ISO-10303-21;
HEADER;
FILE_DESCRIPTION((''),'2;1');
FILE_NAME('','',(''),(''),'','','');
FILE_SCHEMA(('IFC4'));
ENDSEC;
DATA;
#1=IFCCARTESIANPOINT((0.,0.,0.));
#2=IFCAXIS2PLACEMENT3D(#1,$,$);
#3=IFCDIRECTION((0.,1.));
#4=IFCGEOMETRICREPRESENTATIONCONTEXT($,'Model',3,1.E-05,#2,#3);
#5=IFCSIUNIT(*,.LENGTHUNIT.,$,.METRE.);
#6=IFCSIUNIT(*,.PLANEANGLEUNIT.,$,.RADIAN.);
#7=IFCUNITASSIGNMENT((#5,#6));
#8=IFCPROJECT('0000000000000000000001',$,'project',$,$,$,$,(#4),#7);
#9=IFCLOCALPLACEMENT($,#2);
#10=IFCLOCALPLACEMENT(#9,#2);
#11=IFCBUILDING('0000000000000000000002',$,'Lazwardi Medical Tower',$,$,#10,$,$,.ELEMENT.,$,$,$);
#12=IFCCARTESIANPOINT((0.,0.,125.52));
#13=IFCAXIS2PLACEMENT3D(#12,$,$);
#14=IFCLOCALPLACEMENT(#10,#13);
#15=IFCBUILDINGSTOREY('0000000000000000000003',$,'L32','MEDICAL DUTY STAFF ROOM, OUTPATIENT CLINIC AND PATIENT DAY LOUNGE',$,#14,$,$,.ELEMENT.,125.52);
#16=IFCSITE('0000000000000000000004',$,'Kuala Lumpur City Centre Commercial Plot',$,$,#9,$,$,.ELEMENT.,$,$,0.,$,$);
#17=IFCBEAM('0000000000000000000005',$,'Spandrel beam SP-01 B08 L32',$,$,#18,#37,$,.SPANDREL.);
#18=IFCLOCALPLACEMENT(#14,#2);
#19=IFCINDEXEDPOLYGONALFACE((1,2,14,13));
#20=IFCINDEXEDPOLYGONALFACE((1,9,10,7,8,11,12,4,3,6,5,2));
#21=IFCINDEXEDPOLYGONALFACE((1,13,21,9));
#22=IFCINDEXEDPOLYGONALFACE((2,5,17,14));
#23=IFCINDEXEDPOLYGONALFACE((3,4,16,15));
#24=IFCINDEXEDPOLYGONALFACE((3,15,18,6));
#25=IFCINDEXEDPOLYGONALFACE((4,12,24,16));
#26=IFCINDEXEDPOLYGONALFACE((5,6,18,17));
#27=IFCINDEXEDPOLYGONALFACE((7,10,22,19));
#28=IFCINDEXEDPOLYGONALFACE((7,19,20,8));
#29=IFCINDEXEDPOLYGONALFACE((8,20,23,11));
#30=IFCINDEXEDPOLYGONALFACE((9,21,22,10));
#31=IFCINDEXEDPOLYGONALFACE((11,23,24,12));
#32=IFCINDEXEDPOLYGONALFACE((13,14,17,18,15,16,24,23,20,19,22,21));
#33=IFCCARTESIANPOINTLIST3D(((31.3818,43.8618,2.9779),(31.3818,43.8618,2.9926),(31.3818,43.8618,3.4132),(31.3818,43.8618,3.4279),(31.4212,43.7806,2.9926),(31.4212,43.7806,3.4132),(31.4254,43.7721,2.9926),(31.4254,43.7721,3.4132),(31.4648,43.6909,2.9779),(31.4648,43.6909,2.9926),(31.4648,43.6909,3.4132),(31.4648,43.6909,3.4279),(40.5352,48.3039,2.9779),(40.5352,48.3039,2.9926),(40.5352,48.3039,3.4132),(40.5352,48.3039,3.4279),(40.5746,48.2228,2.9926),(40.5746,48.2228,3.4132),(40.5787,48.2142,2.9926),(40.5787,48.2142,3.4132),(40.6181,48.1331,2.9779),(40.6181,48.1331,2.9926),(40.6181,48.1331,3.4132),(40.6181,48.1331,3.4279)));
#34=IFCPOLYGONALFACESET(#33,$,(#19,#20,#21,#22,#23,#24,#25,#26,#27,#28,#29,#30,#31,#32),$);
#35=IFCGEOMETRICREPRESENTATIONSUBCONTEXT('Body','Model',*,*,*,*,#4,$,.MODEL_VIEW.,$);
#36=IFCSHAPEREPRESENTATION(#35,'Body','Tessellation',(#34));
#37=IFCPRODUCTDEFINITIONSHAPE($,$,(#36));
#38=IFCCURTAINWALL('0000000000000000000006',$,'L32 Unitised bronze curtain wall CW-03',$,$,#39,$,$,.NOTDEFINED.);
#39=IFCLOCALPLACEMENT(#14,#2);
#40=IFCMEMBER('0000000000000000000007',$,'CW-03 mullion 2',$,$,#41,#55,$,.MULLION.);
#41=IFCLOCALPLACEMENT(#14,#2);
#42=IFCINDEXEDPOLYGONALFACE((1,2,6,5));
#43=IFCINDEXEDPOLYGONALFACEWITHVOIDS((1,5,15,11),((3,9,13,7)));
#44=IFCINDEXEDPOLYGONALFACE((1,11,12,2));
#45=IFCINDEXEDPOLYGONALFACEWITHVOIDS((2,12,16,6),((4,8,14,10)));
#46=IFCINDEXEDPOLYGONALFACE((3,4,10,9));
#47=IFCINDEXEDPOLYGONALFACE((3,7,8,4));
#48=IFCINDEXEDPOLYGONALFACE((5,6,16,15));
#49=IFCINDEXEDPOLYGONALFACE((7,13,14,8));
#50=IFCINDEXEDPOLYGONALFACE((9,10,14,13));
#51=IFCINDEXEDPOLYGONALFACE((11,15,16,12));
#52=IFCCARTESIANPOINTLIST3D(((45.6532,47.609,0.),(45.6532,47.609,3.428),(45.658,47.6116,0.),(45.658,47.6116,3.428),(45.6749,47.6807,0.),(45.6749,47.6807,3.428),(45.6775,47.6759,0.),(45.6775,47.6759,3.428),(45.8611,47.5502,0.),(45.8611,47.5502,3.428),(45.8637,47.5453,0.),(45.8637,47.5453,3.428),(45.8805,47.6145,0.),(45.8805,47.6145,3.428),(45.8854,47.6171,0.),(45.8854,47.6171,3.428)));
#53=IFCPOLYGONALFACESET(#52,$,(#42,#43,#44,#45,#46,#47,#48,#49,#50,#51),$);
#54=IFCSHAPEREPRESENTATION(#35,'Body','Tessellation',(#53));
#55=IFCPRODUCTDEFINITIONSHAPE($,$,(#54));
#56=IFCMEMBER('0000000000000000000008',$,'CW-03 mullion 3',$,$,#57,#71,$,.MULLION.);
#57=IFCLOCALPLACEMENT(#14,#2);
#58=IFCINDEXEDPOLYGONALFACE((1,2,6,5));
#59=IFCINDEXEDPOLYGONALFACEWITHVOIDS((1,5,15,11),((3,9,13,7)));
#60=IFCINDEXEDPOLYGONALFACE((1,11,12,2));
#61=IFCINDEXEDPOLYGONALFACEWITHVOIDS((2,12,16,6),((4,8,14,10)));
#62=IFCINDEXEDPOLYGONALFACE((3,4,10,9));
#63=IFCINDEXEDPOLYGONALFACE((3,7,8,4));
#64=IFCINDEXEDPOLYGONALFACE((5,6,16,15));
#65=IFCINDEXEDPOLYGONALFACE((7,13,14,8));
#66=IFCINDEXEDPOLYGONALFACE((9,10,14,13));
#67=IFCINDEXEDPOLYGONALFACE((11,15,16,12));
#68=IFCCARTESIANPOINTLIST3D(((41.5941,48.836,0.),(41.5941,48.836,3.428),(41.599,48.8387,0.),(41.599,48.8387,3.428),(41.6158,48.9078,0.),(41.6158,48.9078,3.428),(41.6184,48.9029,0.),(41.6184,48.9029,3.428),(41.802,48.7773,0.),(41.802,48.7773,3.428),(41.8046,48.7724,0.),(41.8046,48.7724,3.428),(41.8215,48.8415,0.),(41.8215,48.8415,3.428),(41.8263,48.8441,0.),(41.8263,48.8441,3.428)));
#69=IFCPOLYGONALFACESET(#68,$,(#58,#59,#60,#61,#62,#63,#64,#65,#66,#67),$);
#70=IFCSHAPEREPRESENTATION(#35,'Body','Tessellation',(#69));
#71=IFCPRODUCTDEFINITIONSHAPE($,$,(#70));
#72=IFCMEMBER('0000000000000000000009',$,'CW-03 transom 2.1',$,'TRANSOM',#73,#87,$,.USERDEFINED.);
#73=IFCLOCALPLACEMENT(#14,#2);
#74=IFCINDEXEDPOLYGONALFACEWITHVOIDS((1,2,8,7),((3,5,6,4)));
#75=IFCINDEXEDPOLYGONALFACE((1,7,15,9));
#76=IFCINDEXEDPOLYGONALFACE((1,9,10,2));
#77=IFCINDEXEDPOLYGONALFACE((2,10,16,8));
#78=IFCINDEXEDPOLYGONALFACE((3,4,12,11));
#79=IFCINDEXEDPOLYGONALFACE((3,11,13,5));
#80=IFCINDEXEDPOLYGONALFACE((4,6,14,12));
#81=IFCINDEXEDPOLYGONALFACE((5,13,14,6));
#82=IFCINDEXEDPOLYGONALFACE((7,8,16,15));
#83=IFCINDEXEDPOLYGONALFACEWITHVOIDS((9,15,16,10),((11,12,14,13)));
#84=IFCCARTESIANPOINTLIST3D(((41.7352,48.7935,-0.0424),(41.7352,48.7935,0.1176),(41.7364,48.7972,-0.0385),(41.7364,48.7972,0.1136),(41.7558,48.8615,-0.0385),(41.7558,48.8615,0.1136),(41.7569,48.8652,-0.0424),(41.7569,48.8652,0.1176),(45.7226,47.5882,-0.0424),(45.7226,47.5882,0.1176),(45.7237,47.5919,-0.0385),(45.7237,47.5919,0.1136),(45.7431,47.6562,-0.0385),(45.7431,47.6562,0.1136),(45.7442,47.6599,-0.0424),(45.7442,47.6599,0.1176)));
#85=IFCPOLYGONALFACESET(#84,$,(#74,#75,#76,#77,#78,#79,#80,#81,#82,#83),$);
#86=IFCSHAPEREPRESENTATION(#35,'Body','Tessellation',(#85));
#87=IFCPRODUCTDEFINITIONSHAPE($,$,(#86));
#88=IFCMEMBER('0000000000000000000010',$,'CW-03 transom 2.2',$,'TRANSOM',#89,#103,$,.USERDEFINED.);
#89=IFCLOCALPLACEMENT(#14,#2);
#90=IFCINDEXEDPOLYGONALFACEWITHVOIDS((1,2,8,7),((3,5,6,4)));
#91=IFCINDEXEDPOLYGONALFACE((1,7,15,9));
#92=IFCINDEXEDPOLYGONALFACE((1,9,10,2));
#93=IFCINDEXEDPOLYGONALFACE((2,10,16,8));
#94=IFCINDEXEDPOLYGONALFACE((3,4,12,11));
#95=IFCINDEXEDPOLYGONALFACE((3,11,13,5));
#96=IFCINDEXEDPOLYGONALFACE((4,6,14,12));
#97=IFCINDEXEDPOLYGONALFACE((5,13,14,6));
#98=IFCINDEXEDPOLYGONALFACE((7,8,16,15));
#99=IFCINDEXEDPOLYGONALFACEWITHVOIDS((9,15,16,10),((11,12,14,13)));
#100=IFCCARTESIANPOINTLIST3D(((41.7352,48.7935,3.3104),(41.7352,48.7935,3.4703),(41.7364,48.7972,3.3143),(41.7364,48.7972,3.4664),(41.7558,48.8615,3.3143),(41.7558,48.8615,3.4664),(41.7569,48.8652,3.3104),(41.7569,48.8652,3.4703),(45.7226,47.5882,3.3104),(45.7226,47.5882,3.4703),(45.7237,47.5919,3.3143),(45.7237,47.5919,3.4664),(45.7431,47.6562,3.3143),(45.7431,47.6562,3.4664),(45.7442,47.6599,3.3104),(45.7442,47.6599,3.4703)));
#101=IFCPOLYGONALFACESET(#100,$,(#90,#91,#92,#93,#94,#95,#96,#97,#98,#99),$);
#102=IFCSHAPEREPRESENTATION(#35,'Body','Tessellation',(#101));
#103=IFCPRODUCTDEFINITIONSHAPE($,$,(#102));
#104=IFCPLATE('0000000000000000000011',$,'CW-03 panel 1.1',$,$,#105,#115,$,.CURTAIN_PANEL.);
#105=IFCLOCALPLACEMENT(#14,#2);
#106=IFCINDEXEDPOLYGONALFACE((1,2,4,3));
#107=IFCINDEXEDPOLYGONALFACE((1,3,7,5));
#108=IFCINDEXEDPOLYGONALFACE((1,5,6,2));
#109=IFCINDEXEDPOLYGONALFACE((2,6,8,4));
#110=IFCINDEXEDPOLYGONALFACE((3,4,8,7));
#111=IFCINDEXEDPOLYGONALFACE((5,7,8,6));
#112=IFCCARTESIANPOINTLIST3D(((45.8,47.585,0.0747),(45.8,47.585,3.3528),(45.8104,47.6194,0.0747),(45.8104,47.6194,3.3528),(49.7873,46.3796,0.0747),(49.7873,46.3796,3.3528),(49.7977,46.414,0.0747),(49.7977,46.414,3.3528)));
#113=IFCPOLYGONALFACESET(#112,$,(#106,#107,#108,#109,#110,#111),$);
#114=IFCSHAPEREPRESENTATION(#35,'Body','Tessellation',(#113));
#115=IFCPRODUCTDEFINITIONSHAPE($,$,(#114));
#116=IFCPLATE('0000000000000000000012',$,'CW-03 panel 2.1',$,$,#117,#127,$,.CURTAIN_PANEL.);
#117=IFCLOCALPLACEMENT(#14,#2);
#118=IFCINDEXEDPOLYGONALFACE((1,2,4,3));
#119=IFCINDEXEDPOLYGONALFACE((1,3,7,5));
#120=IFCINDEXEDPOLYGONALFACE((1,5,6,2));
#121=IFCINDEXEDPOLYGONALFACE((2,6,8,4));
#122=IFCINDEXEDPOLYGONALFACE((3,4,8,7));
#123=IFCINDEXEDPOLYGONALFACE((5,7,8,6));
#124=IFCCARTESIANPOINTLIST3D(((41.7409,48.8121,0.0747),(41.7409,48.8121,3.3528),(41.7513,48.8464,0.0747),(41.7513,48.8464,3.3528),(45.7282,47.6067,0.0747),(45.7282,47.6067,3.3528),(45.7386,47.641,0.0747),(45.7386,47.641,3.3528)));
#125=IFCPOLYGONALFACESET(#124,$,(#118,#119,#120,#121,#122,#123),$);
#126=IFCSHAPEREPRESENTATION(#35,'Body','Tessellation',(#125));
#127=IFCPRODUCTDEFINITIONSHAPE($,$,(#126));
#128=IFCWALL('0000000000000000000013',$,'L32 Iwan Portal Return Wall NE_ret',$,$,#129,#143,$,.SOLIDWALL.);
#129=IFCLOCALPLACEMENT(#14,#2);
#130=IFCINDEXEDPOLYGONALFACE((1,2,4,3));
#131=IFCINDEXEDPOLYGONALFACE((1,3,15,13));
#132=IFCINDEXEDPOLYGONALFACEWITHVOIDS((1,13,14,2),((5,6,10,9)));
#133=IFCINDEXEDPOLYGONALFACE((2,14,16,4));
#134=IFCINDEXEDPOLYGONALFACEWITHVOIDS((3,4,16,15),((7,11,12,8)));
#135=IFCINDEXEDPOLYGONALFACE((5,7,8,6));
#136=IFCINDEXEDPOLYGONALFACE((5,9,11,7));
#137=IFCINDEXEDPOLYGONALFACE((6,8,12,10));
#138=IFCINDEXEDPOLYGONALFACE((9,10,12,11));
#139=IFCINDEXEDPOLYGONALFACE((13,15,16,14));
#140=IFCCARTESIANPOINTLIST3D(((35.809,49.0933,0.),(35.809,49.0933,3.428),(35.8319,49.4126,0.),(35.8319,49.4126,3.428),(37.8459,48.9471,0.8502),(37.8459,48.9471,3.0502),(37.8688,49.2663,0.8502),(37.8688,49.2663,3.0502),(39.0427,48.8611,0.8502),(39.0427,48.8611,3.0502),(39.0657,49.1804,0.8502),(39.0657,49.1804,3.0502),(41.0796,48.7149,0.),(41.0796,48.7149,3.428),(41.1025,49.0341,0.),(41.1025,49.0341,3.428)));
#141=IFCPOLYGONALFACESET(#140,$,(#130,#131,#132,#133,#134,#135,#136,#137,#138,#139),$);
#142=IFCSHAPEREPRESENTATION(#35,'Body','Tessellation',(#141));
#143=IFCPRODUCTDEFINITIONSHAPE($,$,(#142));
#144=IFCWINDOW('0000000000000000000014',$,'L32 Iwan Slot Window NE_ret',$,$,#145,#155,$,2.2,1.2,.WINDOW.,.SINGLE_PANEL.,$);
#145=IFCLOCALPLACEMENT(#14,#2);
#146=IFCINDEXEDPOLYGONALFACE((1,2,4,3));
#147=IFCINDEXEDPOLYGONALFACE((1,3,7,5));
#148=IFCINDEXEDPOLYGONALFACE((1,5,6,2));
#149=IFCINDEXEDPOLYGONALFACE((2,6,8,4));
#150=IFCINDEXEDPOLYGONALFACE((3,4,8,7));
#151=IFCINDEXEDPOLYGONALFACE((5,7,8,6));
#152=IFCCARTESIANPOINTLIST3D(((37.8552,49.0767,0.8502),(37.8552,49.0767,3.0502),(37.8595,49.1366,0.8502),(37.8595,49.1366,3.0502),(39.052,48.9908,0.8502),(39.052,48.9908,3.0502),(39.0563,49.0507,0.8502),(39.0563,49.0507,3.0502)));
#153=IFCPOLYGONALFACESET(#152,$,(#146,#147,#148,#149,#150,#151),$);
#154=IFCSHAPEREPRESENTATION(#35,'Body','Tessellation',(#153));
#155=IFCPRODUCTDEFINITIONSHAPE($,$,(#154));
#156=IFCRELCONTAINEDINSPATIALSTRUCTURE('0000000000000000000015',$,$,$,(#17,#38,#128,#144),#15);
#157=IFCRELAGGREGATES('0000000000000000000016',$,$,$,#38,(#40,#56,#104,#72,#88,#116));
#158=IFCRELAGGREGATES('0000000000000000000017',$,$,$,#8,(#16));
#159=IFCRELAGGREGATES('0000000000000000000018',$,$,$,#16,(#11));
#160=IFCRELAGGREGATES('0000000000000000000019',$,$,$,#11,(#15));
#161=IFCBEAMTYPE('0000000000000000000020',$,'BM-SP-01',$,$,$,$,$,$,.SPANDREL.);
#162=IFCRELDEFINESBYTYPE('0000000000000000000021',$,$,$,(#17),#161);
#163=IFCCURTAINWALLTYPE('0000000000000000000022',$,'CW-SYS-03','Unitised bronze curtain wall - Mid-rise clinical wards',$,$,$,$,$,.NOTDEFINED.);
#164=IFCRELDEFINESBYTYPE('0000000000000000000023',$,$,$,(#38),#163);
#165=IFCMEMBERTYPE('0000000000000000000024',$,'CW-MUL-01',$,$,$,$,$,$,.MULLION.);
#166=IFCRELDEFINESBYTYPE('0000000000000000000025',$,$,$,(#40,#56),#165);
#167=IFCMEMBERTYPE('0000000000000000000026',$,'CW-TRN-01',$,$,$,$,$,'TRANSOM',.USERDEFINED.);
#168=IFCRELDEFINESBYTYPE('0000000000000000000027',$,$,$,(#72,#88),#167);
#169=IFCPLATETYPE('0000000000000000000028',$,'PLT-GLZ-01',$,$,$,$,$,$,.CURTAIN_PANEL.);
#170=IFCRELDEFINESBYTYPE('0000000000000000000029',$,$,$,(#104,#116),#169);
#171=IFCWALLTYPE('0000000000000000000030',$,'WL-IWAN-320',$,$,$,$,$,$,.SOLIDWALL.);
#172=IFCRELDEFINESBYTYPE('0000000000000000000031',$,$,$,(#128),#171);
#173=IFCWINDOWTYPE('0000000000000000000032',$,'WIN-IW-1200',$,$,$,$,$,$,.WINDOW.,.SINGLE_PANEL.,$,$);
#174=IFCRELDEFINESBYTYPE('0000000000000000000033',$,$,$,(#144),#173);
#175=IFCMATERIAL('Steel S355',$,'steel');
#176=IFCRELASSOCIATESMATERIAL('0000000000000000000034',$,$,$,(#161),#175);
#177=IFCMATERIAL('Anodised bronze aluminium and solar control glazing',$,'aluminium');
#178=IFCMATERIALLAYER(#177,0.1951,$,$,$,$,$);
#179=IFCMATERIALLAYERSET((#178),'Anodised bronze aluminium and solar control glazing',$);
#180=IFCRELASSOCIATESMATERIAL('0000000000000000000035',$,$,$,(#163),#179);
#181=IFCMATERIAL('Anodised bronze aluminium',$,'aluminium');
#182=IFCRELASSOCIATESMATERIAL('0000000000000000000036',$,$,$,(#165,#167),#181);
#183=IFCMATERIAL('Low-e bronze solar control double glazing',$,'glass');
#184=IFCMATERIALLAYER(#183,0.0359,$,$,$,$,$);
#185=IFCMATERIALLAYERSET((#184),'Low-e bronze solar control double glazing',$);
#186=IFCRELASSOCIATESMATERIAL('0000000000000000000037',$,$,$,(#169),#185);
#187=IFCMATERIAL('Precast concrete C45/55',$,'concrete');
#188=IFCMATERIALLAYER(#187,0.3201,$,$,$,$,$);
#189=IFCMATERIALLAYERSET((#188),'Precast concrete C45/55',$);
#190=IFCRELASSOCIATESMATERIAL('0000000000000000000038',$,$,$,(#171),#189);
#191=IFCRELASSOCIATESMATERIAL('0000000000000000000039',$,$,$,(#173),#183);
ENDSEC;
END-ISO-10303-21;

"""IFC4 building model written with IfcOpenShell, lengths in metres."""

from ifc_helpers import new_model, si_unit, direction, frame, frame_2d, origin, origin_2d, place, context, subcontext, project, spatial, rectangle, hollow_rectangle, i_section, extrude, material, layer, layer_set, material_profile, profile_set, type_object, element, fill, aggregate, save


model = new_model("IFC4")

# Units and contexts
model_context = context("Model", 3, precision=1e-05, world=origin(), true_north=direction((0.0, 1.0)))
body_context = subcontext(model_context, "Body", "Model", "MODEL_VIEW")
ifc_project = project(units=[si_unit("LENGTHUNIT", "METRE"), si_unit("PLANEANGLEUNIT", "RADIAN")], contexts=[model_context])

# Site, building, storey
site_placement = place(None, origin())
site = spatial("IfcSite", under=ifc_project, at=site_placement, Name="Kuala Lumpur City Centre Commercial Plot", CompositionType="ELEMENT", RefElevation=0.0)
building_placement = place(site_placement, origin())
building = spatial("IfcBuilding", under=site, at=building_placement, Name="Lazwardi Medical Tower", CompositionType="ELEMENT")
storey_placement = place(building_placement, frame((0.0, 0.0, 125.52)))
storey = spatial("IfcBuildingStorey", under=building, at=storey_placement, Name="L32", Description="MEDICAL DUTY STAFF ROOM, OUTPATIENT CLINIC AND PATIENT DAY LOUNGE", CompositionType="ELEMENT", Elevation=125.52)

# Beam
ifc_material_1 = material(Name="Steel S355", Category="steel")
ifc_material_profile_1 = material_profile(ifc_material_1, i_section(OverallWidth=0.1899, OverallDepth=0.45, WebThickness=0.0095, FlangeThickness=0.0146, at=origin_2d()), Name="IPE 450")
ifc_profile_set_1 = profile_set([ifc_material_profile_1], Name="Steel S355")
beam_type_1 = type_object("IfcBeamType", Name="BM-SP-01", PredefinedType="SPANDREL", material=ifc_profile_set_1)
beam_1_placement = place(storey_placement, frame((40.5767, 48.2185, 3.2029), z_axis=(-0.899653, -0.436605, 0.0), x_axis=(0.436605, -0.899653, 0.0)))
element("IfcBeam", 1, at=beam_1_placement, inside=storey, type_object=beam_type_1, Name="Spandrel beam SP-01 B08 L32", PredefinedType="SPANDREL", context=body_context, shape_type="SweptSolid", body=[
    extrude(i_section(OverallWidth=0.1899, OverallDepth=0.45, WebThickness=0.0095, FlangeThickness=0.0146, at=origin_2d()), origin(), (0.0, 0.0, 1.0), 10.1743),
])

# Curtain wall, members, plates
ifc_material_2 = material(Name="Anodised bronze aluminium and solar control glazing", Category="aluminium")
ifc_layer_1 = layer(ifc_material_2, 0.1951)
ifc_layer_set_1 = layer_set([ifc_layer_1], Name="Anodised bronze aluminium and solar control glazing")
curtain_wall_type = type_object("IfcCurtainWallType", Name="CW-SYS-03", Description="Unitised bronze curtain wall - Mid-rise clinical wards", PredefinedType="NOTDEFINED", material=ifc_layer_set_1)
curtain_wall_placement = place(storey_placement, origin())
curtain_wall = element("IfcCurtainWall", 2, at=curtain_wall_placement, inside=storey, type_object=curtain_wall_type, Name="L32 Unitised bronze curtain wall CW-03", PredefinedType="NOTDEFINED")
ifc_material_3 = material(Name="Anodised bronze aluminium", Category="aluminium")
ifc_material_profile_2 = material_profile(ifc_material_3, hollow_rectangle(XDim=0.075, YDim=0.22, WallThickness=0.0039, at=origin_2d()), Name="ALU-MULLION 220x75x4")
ifc_profile_set_2 = profile_set([ifc_material_profile_2], Name="Anodised bronze aluminium")
member_type_1 = type_object("IfcMemberType", Name="CW-MUL-01", PredefinedType="MULLION", material=ifc_profile_set_2)
member_1_placement = place(storey_placement, frame((45.7693, 47.613, 0.0), z_axis=(0.0, 0.0, 1.0), x_axis=(-0.289374, -0.957216, 0.0)))
member_1 = element("IfcMember", 3, at=member_1_placement, type_object=member_type_1, Name="CW-03 mullion 2", PredefinedType="MULLION", context=body_context, shape_type="SweptSolid", body=[
    extrude(hollow_rectangle(XDim=0.075, YDim=0.22, WallThickness=0.0039, at=origin_2d()), origin(), (0.0, 0.0, 1.0), 3.428),
])
member_2_placement = place(storey_placement, frame((41.7102, 48.8401, 0.0), z_axis=(0.0, 0.0, 1.0), x_axis=(-0.289374, -0.957216, 0.0)))
member_2 = element("IfcMember", 4, at=member_2_placement, type_object=member_type_1, Name="CW-03 mullion 3", PredefinedType="MULLION", context=body_context, shape_type="SweptSolid", body=[
    extrude(hollow_rectangle(XDim=0.075, YDim=0.22, WallThickness=0.0039, at=origin_2d()), origin(), (0.0, 0.0, 1.0), 3.428),
])
ifc_material_profile_3 = material_profile(ifc_material_3, hollow_rectangle(XDim=0.075, YDim=0.1599, WallThickness=0.0039, at=origin_2d()), Name="ALU-TRANSOM 160x75x4")
ifc_profile_set_3 = profile_set([ifc_material_profile_3], Name="Anodised bronze aluminium")
member_type_2 = type_object("IfcMemberType", Name="CW-TRN-01", ElementType="TRANSOM", PredefinedType="USERDEFINED", material=ifc_profile_set_3)
member_3_placement = place(storey_placement, frame((45.7334, 47.624, 0.0376), z_axis=(-0.957221, 0.289358, 0.0), x_axis=(-0.289358, -0.957221, 0.0)))
member_3 = element("IfcMember", 5, at=member_3_placement, type_object=member_type_2, Name="CW-03 transom 2.1", ObjectType="TRANSOM", PredefinedType="USERDEFINED", context=body_context, shape_type="SweptSolid", body=[
    extrude(hollow_rectangle(XDim=0.075, YDim=0.1599, WallThickness=0.0039, at=origin_2d()), origin(), (0.0, 0.0, 1.0), 4.1655),
])
member_4_placement = place(storey_placement, frame((45.7334, 47.624, 3.3904), z_axis=(-0.957221, 0.289358, 0.0), x_axis=(-0.289358, -0.957221, 0.0)))
member_4 = element("IfcMember", 6, at=member_4_placement, type_object=member_type_2, Name="CW-03 transom 2.2", ObjectType="TRANSOM", PredefinedType="USERDEFINED", context=body_context, shape_type="SweptSolid", body=[
    extrude(hollow_rectangle(XDim=0.075, YDim=0.1599, WallThickness=0.0039, at=origin_2d()), origin(), (0.0, 0.0, 1.0), 4.1655),
])
ifc_material_4 = material(Name="Low-e bronze solar control double glazing", Category="glass")
ifc_layer_2 = layer(ifc_material_4, 0.0359)
ifc_layer_set_2 = layer_set([ifc_layer_2], Name="Low-e bronze solar control double glazing")
plate_type = type_object("IfcPlateType", Name="PLT-GLZ-01", PredefinedType="CURTAIN_PANEL", material=ifc_layer_set_2)
plate_1_placement = place(storey_placement, frame((47.7988, 46.9995, 0.0747), z_axis=(0.0, 0.0, 1.0), x_axis=(-0.957216, 0.289374, 0.0)))
plate_1 = element("IfcPlate", 7, at=plate_1_placement, type_object=plate_type, Name="CW-03 panel 1.1", PredefinedType="CURTAIN_PANEL", context=body_context, shape_type="SweptSolid", body=[
    extrude(rectangle(XDim=4.1655, YDim=0.0359, at=origin_2d()), origin(), (0.0, 0.0, 1.0), 3.2781),
])
plate_2_placement = place(storey_placement, frame((43.7397, 48.2266, 0.0747), z_axis=(0.0, 0.0, 1.0), x_axis=(-0.957216, 0.289374, 0.0)))
plate_2 = element("IfcPlate", 8, at=plate_2_placement, type_object=plate_type, Name="CW-03 panel 2.1", PredefinedType="CURTAIN_PANEL", context=body_context, shape_type="SweptSolid", body=[
    extrude(rectangle(XDim=4.1655, YDim=0.0359, at=origin_2d()), origin(), (0.0, 0.0, 1.0), 3.2781),
])
aggregate(curtain_wall, [member_1, member_2, plate_1, member_3, member_4, plate_2])

# Wall, opening, window
ifc_material_5 = material(Name="Precast concrete C45/55", Category="concrete")
ifc_layer_3 = layer(ifc_material_5, 0.3201)
ifc_layer_set_3 = layer_set([ifc_layer_3], Name="Precast concrete C45/55")
wall_type_1 = type_object("IfcWallType", Name="WL-IWAN-320", PredefinedType="SOLIDWALL", material=ifc_layer_set_3)
wall_1_placement = place(storey_placement, frame((41.0911, 48.8745, 0.0), z_axis=(0.0, 0.0, 1.0), x_axis=(-0.997432, 0.071615, 0.0)))
wall_1 = element("IfcWall", 9, at=wall_1_placement, inside=storey, type_object=wall_type_1, Name="L32 Iwan Portal Return Wall NE_ret", PredefinedType="SOLIDWALL", context=body_context, shape_type="SweptSolid", body=[
    extrude(rectangle(XDim=5.2842, YDim=0.3201, at=frame_2d((2.6421, 0.0))), origin(), (0.0, 0.0, 1.0), 3.428),
])
opening_1_placement = place(wall_1_placement, frame((2.042, 0.0, 0.8501)))
opening_1 = element("IfcOpeningElement", 10, at=opening_1_placement, cuts=wall_1, PredefinedType="OPENING", context=body_context, shape_type="SweptSolid", body=[
    extrude(rectangle(XDim=1.2, YDim=2.2, at=frame_2d((0.6001, 1.1001))), frame((0.0, 0.1699, 0.0), z_axis=(0.0, -1.0, 0.0), x_axis=(1.0, 0.0, 0.0)), (0.0, 0.0, 1.0), 0.3401),
])
window_type_1 = type_object("IfcWindowType", Name="WIN-IW-1200", PartitioningType="SINGLE_PANEL", PredefinedType="WINDOW", material=ifc_material_4)
window_1_placement = place(opening_1_placement, origin())
window_1 = element("IfcWindow", 11, at=window_1_placement, inside=storey, type_object=window_type_1, Name="L32 Iwan Slot Window NE_ret", OverallHeight=2.2, OverallWidth=1.2, PartitioningType="SINGLE_PANEL", PredefinedType="WINDOW", context=body_context, shape_type="SweptSolid", body=[
    extrude(rectangle(XDim=1.2, YDim=2.2, at=frame_2d((0.6001, 1.1001))), frame((0.0, 0.03, 0.0), z_axis=(0.0, -1.0, 0.0), x_axis=(1.0, 0.0, 0.0)), (0.0, 0.0, 1.0), 0.0601),
])
fill(opening_1, window_1)

save(model, "model.ifc")
